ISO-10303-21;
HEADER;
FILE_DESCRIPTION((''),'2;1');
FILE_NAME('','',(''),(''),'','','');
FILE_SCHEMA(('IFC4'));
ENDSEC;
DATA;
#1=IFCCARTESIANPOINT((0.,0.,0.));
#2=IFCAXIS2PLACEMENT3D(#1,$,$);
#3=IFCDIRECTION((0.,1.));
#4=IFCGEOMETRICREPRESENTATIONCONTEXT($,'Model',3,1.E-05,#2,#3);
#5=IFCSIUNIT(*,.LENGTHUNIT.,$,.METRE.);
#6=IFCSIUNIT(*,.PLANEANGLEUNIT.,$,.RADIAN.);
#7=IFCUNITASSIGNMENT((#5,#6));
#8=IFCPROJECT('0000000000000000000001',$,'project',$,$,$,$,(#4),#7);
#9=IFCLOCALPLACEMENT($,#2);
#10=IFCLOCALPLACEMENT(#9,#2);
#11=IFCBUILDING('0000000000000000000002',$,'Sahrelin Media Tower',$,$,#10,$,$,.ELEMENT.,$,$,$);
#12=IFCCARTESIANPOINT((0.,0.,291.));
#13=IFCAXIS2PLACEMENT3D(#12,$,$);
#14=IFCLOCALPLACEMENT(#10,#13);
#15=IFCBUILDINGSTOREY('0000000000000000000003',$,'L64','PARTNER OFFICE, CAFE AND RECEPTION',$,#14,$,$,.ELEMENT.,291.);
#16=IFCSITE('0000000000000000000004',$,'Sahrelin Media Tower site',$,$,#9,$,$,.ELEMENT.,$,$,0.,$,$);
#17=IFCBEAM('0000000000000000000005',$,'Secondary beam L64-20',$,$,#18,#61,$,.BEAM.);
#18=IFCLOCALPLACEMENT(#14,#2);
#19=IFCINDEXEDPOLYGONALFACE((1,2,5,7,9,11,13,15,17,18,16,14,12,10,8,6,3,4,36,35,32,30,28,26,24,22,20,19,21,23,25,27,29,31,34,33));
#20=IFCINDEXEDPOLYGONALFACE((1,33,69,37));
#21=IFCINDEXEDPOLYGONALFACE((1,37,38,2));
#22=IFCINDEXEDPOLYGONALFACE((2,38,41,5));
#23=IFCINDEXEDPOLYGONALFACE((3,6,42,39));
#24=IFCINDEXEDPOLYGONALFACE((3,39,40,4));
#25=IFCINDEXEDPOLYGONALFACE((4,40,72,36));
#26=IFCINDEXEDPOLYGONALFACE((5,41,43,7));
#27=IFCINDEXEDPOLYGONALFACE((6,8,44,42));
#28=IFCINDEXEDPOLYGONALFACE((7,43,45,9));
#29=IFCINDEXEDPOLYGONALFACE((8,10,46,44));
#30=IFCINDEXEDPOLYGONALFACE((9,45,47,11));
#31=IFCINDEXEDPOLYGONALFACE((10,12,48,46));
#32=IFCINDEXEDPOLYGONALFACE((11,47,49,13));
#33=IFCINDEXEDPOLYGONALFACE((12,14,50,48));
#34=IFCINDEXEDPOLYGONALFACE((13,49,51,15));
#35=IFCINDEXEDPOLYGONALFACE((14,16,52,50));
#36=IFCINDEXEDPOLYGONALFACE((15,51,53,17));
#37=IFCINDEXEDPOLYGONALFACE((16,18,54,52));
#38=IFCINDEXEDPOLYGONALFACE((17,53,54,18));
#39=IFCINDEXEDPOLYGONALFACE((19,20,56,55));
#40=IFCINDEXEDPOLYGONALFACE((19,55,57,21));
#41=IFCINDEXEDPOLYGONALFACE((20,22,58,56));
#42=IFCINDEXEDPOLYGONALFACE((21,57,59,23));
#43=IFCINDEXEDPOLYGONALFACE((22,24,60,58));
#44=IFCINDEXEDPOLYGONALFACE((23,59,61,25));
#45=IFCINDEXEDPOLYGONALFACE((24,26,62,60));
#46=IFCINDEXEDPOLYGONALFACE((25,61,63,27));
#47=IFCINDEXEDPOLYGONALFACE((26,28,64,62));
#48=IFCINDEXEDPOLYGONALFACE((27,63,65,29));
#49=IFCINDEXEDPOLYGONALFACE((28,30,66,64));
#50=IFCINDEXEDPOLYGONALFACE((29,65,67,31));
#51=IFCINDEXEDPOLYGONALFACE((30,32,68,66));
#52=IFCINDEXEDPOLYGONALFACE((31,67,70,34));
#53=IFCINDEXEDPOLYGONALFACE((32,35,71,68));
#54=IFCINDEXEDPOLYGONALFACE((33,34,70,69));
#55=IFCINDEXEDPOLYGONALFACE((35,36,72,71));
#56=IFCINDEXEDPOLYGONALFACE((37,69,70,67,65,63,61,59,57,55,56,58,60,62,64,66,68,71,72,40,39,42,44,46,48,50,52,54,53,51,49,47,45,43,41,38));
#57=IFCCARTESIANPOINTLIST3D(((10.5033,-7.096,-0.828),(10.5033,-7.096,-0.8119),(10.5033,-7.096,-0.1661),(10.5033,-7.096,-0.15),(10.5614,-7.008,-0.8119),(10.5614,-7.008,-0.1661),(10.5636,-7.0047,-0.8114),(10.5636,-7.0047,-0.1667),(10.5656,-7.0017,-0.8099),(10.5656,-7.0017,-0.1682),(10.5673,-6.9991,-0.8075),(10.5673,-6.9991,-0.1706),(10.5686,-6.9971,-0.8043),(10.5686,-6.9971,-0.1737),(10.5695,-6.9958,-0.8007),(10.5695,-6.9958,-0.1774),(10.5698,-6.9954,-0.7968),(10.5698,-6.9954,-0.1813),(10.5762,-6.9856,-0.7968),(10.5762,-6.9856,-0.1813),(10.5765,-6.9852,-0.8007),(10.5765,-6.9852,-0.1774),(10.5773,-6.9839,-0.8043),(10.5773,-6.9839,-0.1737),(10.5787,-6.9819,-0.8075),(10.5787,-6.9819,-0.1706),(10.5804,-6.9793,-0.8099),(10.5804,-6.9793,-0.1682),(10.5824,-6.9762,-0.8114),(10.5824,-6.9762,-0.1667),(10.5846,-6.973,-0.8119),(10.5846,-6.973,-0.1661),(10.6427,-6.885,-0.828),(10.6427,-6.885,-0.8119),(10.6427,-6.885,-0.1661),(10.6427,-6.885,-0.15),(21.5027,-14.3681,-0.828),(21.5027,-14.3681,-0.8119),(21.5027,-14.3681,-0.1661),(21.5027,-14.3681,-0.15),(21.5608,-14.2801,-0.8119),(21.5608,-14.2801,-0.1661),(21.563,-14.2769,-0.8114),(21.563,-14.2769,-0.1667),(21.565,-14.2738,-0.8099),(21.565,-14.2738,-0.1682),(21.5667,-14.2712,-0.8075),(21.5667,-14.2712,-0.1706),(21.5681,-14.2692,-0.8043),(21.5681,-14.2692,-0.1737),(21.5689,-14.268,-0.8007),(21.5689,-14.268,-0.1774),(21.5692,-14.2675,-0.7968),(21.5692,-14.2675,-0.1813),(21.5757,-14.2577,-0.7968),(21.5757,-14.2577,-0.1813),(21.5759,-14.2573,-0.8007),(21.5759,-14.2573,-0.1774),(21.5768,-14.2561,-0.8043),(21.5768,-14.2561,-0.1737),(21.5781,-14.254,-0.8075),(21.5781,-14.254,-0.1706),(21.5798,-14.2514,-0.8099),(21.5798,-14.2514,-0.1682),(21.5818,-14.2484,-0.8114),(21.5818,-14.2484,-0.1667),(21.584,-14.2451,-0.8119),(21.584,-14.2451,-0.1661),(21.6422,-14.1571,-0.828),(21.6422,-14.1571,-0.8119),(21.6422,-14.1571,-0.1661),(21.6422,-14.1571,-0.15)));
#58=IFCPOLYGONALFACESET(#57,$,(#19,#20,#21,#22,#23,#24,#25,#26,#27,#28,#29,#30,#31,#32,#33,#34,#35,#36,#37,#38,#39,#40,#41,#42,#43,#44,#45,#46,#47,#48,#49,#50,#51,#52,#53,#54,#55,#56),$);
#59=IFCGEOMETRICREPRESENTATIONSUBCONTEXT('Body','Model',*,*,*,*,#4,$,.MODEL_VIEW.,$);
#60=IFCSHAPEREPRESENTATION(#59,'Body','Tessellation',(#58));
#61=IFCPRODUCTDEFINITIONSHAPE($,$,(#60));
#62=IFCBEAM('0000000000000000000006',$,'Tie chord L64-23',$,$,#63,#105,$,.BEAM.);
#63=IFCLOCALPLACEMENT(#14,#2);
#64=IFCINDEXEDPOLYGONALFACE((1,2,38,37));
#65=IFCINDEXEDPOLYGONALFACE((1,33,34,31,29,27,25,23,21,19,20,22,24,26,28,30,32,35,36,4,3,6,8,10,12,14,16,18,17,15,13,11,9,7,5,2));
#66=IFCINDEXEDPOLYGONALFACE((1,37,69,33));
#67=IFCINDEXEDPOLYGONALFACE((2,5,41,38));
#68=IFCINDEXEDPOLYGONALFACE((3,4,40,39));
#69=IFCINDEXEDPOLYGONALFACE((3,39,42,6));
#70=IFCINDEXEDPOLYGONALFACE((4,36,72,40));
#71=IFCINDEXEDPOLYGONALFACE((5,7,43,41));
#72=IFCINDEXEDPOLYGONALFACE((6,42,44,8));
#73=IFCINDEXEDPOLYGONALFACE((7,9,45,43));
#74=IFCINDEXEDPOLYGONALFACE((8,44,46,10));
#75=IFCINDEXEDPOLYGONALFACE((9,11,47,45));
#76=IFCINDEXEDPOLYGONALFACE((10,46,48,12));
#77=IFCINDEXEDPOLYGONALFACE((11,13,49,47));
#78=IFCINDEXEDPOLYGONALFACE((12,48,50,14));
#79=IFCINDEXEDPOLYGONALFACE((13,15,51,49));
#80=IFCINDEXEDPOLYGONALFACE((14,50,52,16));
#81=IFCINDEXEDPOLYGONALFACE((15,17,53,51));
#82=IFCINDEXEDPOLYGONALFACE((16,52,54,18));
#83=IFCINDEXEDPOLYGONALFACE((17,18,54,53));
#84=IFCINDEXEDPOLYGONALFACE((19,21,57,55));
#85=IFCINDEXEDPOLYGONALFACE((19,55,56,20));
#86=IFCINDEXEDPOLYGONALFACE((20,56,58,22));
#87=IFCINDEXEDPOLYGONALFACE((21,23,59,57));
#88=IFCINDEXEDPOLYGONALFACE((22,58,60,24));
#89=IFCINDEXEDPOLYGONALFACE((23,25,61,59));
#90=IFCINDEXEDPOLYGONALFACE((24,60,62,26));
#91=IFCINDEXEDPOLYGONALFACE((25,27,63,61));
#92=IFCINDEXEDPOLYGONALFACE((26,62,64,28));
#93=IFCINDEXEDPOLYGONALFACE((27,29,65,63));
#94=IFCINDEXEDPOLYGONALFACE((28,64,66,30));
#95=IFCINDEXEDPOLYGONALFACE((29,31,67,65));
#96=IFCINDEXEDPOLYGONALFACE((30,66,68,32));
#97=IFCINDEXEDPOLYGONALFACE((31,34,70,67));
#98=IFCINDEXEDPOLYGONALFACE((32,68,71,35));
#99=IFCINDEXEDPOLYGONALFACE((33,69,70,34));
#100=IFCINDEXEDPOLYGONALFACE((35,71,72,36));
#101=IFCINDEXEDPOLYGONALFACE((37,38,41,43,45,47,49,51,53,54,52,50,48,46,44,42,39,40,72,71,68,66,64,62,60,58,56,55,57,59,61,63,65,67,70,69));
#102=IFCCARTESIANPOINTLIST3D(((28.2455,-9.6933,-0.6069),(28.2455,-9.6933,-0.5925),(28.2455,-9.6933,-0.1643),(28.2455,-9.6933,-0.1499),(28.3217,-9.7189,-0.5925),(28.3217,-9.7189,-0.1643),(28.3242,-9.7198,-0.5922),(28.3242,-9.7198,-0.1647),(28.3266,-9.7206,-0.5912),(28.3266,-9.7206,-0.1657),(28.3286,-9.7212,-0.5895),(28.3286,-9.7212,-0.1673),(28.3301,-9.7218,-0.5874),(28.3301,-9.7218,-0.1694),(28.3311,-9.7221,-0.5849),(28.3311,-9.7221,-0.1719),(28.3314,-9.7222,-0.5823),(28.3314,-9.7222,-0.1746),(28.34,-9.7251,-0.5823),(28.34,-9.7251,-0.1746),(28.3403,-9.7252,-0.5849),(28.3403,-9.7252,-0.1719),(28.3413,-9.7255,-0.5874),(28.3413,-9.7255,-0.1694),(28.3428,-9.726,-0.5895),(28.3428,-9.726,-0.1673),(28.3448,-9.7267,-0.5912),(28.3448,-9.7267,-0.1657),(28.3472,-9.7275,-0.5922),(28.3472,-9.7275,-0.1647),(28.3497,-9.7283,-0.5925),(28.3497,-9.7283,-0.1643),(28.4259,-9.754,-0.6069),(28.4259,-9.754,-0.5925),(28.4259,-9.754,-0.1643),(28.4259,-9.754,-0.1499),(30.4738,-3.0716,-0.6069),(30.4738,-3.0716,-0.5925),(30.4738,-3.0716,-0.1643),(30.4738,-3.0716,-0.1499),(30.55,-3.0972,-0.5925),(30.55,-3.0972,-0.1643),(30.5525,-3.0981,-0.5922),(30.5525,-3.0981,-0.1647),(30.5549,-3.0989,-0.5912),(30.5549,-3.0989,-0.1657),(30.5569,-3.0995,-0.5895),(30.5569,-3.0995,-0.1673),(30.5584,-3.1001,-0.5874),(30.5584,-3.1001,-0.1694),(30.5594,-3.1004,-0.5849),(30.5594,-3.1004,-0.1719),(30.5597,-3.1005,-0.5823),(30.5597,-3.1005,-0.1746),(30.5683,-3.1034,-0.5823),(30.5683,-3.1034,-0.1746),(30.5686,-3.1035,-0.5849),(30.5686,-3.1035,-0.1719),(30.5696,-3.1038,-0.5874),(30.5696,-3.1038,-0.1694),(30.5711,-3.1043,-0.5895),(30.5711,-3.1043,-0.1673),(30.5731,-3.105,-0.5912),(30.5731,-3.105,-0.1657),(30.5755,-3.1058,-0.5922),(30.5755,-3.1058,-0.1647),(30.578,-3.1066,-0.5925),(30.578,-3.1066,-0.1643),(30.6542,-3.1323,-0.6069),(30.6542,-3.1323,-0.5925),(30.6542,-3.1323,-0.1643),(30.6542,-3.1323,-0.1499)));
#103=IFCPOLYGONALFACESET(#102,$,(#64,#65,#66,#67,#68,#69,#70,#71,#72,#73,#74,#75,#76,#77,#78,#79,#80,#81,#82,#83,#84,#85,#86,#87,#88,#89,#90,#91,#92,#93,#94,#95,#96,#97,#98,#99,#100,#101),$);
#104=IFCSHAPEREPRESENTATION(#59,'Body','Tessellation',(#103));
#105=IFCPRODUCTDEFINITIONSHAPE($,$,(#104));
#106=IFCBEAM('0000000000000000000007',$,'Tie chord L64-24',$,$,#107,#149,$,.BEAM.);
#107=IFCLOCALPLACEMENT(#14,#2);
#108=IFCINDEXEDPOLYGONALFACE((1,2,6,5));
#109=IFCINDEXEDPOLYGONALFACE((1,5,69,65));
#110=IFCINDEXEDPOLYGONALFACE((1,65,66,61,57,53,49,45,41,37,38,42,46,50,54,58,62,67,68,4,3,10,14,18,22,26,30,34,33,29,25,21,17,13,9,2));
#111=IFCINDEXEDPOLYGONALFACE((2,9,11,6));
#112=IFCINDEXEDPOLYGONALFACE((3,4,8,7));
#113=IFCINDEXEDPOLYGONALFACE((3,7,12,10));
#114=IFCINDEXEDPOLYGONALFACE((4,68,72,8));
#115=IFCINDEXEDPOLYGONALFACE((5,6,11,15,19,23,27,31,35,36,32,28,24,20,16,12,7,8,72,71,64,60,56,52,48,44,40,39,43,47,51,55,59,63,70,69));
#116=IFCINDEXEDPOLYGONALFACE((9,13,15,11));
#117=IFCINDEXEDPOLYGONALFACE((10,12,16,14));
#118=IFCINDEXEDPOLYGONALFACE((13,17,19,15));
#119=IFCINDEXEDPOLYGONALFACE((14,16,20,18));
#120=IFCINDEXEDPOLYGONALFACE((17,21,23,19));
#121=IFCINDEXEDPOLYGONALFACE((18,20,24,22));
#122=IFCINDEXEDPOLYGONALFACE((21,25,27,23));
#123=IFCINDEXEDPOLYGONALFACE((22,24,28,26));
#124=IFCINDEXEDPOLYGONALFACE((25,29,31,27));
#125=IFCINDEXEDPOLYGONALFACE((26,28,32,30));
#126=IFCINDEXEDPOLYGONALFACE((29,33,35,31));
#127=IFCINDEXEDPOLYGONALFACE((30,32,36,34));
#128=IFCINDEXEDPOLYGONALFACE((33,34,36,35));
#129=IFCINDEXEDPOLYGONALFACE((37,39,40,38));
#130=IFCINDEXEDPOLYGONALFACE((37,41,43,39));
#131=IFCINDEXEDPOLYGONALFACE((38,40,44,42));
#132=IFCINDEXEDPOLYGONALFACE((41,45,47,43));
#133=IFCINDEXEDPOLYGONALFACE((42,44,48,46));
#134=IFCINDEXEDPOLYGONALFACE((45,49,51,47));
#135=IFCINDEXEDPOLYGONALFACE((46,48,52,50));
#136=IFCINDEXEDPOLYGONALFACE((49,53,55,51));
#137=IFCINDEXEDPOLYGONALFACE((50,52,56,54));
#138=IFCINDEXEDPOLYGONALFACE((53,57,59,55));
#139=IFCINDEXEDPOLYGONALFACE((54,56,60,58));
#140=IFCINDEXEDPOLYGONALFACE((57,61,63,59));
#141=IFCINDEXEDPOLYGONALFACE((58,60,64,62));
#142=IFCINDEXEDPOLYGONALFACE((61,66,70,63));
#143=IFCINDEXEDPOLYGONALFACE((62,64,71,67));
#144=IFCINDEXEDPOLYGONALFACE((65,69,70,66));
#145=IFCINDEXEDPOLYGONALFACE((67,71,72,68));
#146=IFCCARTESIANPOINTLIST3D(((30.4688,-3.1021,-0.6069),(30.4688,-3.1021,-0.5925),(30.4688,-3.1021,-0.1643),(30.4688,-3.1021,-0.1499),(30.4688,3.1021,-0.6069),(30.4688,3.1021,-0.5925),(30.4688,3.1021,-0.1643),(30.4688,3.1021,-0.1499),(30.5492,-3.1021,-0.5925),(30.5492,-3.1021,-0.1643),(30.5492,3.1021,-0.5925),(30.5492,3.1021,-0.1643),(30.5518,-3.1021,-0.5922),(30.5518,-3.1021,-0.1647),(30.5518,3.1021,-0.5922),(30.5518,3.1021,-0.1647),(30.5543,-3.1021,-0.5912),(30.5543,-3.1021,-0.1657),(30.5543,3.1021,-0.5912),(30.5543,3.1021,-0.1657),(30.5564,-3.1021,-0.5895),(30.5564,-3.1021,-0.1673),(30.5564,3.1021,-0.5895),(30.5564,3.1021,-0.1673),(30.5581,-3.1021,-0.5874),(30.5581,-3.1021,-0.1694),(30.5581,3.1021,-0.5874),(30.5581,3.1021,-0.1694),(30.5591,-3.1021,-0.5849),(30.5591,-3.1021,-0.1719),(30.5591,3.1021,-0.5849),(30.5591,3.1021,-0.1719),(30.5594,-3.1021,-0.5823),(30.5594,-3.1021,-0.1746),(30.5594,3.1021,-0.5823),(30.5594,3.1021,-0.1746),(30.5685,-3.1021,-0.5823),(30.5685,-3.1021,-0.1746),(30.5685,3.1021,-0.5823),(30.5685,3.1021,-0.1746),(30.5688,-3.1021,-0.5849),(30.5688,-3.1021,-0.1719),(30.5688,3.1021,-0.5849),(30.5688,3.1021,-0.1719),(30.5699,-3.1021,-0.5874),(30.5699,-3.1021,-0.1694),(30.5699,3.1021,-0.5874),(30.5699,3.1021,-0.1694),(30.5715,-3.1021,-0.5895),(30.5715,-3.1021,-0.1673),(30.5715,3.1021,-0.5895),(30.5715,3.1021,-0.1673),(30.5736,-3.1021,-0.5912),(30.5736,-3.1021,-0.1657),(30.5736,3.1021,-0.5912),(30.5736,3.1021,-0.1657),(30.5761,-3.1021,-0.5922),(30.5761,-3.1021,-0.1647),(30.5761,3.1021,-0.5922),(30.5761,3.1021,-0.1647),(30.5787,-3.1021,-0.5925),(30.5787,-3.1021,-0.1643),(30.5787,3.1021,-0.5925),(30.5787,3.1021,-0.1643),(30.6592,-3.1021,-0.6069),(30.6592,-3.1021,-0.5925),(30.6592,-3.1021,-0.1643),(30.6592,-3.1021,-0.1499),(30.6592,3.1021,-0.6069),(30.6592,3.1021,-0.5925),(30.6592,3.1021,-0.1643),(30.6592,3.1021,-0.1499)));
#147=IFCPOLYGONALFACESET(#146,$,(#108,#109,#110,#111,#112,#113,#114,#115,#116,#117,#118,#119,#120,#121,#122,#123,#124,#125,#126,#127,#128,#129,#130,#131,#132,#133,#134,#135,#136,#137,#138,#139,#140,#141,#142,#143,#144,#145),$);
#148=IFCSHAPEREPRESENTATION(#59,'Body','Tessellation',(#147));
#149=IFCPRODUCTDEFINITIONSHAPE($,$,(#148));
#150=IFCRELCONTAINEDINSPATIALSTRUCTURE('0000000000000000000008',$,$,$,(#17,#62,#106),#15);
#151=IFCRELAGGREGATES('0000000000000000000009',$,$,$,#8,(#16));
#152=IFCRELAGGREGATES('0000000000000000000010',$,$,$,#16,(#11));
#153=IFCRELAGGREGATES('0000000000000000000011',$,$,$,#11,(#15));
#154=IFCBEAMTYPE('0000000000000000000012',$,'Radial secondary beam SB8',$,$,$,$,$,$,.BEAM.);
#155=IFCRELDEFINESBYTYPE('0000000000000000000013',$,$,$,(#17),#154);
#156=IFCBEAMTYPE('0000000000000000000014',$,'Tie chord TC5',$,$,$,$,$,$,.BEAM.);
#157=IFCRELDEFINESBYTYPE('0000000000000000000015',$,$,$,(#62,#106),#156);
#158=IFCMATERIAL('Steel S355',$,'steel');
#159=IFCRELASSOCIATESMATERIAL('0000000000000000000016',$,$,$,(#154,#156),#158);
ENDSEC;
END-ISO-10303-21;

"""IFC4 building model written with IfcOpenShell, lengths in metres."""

from ifc_helpers import new_model, si_unit, direction, frame, origin, origin_2d, place, context, subcontext, project, spatial, i_section, extrude, material, material_profile, profile_set, type_object, element, save


model = new_model("IFC4")

# Units and contexts
model_context = context("Model", 3, precision=1e-05, world=origin(), true_north=direction((0.0, 1.0)))
body_context = subcontext(model_context, "Body", "Model", "MODEL_VIEW")
ifc_project = project(units=[si_unit("LENGTHUNIT", "METRE"), si_unit("PLANEANGLEUNIT", "RADIAN")], contexts=[model_context])

# Site, building, storey
site_placement = place(None, origin())
site = spatial("IfcSite", under=ifc_project, at=site_placement, Name="Sahrelin Media Tower site", CompositionType="ELEMENT", RefElevation=0.0)
building_placement = place(site_placement, origin())
building = spatial("IfcBuilding", under=site, at=building_placement, Name="Sahrelin Media Tower", CompositionType="ELEMENT")
storey_placement = place(building_placement, frame((0.0, 0.0, 291.0)))
storey = spatial("IfcBuildingStorey", under=building, at=storey_placement, Name="L64", Description="PARTNER OFFICE, CAFE AND RECEPTION", CompositionType="ELEMENT", Elevation=291.0)

# Beams
ifc_material_1 = material(Name="Steel S355", Category="steel")
ifc_material_profile_1 = material_profile(ifc_material_1, i_section(OverallWidth=0.2529, OverallDepth=0.678, WebThickness=0.0117, FlangeThickness=0.0161, FilletRadius=0.0151, at=origin_2d()), Name="UB 686x254x125")
ifc_profile_set_1 = profile_set([ifc_material_profile_1], Name="Steel S355")
beam_type_1 = type_object("IfcBeamType", Name="Radial secondary beam SB8", PredefinedType="BEAM", material=ifc_profile_set_1)
beam_1_placement = place(storey_placement, frame((10.573, -6.9905, -0.489), z_axis=(0.834172, -0.551504, 0.0), x_axis=(0.551504, 0.834172, 0.0)))
element("IfcBeam", 1, at=beam_1_placement, inside=storey, type_object=beam_type_1, Name="Secondary beam L64-20", PredefinedType="BEAM", context=body_context, shape_type="SweptSolid", body=[
    extrude(i_section(OverallWidth=0.2529, OverallDepth=0.678, WebThickness=0.0117, FlangeThickness=0.0161, FilletRadius=0.0151, at=origin_2d()), origin(), (0.0, 0.0, 1.0), 13.186),
])
ifc_material_profile_2 = material_profile(ifc_material_1, i_section(OverallWidth=0.1904, OverallDepth=0.457, WebThickness=0.009, FlangeThickness=0.0144, FilletRadius=0.0103, at=origin_2d()), Name="UB 457x191x74")
ifc_profile_set_2 = profile_set([ifc_material_profile_2], Name="Steel S355")
beam_type_2 = type_object("IfcBeamType", Name="Tie chord TC5", PredefinedType="BEAM", material=ifc_profile_set_2)
beam_2_placement = place(storey_placement, frame((28.3357, -9.7236, -0.3784), z_axis=(0.318942, 0.947774, 0.0), x_axis=(-0.947774, 0.318942, 0.0)))
element("IfcBeam", 2, at=beam_2_placement, inside=storey, type_object=beam_type_2, Name="Tie chord L64-23", PredefinedType="BEAM", context=body_context, shape_type="SweptSolid", body=[
    extrude(i_section(OverallWidth=0.1904, OverallDepth=0.457, WebThickness=0.009, FlangeThickness=0.0144, FilletRadius=0.0103, at=origin_2d()), origin(), (0.0, 0.0, 1.0), 6.9866),
])
beam_3_placement = place(storey_placement, frame((30.564, -3.1021, -0.3784), z_axis=(0.0, 1.0, 0.0), x_axis=(-1.0, 0.0, 0.0)))
element("IfcBeam", 3, at=beam_3_placement, inside=storey, type_object=beam_type_2, Name="Tie chord L64-24", PredefinedType="BEAM", context=body_context, shape_type="SweptSolid", body=[
    extrude(i_section(OverallWidth=0.1904, OverallDepth=0.457, WebThickness=0.009, FlangeThickness=0.0144, FilletRadius=0.0103, at=origin_2d()), origin(), (0.0, 0.0, 1.0), 6.2041),
])

save(model, "model.ifc")
